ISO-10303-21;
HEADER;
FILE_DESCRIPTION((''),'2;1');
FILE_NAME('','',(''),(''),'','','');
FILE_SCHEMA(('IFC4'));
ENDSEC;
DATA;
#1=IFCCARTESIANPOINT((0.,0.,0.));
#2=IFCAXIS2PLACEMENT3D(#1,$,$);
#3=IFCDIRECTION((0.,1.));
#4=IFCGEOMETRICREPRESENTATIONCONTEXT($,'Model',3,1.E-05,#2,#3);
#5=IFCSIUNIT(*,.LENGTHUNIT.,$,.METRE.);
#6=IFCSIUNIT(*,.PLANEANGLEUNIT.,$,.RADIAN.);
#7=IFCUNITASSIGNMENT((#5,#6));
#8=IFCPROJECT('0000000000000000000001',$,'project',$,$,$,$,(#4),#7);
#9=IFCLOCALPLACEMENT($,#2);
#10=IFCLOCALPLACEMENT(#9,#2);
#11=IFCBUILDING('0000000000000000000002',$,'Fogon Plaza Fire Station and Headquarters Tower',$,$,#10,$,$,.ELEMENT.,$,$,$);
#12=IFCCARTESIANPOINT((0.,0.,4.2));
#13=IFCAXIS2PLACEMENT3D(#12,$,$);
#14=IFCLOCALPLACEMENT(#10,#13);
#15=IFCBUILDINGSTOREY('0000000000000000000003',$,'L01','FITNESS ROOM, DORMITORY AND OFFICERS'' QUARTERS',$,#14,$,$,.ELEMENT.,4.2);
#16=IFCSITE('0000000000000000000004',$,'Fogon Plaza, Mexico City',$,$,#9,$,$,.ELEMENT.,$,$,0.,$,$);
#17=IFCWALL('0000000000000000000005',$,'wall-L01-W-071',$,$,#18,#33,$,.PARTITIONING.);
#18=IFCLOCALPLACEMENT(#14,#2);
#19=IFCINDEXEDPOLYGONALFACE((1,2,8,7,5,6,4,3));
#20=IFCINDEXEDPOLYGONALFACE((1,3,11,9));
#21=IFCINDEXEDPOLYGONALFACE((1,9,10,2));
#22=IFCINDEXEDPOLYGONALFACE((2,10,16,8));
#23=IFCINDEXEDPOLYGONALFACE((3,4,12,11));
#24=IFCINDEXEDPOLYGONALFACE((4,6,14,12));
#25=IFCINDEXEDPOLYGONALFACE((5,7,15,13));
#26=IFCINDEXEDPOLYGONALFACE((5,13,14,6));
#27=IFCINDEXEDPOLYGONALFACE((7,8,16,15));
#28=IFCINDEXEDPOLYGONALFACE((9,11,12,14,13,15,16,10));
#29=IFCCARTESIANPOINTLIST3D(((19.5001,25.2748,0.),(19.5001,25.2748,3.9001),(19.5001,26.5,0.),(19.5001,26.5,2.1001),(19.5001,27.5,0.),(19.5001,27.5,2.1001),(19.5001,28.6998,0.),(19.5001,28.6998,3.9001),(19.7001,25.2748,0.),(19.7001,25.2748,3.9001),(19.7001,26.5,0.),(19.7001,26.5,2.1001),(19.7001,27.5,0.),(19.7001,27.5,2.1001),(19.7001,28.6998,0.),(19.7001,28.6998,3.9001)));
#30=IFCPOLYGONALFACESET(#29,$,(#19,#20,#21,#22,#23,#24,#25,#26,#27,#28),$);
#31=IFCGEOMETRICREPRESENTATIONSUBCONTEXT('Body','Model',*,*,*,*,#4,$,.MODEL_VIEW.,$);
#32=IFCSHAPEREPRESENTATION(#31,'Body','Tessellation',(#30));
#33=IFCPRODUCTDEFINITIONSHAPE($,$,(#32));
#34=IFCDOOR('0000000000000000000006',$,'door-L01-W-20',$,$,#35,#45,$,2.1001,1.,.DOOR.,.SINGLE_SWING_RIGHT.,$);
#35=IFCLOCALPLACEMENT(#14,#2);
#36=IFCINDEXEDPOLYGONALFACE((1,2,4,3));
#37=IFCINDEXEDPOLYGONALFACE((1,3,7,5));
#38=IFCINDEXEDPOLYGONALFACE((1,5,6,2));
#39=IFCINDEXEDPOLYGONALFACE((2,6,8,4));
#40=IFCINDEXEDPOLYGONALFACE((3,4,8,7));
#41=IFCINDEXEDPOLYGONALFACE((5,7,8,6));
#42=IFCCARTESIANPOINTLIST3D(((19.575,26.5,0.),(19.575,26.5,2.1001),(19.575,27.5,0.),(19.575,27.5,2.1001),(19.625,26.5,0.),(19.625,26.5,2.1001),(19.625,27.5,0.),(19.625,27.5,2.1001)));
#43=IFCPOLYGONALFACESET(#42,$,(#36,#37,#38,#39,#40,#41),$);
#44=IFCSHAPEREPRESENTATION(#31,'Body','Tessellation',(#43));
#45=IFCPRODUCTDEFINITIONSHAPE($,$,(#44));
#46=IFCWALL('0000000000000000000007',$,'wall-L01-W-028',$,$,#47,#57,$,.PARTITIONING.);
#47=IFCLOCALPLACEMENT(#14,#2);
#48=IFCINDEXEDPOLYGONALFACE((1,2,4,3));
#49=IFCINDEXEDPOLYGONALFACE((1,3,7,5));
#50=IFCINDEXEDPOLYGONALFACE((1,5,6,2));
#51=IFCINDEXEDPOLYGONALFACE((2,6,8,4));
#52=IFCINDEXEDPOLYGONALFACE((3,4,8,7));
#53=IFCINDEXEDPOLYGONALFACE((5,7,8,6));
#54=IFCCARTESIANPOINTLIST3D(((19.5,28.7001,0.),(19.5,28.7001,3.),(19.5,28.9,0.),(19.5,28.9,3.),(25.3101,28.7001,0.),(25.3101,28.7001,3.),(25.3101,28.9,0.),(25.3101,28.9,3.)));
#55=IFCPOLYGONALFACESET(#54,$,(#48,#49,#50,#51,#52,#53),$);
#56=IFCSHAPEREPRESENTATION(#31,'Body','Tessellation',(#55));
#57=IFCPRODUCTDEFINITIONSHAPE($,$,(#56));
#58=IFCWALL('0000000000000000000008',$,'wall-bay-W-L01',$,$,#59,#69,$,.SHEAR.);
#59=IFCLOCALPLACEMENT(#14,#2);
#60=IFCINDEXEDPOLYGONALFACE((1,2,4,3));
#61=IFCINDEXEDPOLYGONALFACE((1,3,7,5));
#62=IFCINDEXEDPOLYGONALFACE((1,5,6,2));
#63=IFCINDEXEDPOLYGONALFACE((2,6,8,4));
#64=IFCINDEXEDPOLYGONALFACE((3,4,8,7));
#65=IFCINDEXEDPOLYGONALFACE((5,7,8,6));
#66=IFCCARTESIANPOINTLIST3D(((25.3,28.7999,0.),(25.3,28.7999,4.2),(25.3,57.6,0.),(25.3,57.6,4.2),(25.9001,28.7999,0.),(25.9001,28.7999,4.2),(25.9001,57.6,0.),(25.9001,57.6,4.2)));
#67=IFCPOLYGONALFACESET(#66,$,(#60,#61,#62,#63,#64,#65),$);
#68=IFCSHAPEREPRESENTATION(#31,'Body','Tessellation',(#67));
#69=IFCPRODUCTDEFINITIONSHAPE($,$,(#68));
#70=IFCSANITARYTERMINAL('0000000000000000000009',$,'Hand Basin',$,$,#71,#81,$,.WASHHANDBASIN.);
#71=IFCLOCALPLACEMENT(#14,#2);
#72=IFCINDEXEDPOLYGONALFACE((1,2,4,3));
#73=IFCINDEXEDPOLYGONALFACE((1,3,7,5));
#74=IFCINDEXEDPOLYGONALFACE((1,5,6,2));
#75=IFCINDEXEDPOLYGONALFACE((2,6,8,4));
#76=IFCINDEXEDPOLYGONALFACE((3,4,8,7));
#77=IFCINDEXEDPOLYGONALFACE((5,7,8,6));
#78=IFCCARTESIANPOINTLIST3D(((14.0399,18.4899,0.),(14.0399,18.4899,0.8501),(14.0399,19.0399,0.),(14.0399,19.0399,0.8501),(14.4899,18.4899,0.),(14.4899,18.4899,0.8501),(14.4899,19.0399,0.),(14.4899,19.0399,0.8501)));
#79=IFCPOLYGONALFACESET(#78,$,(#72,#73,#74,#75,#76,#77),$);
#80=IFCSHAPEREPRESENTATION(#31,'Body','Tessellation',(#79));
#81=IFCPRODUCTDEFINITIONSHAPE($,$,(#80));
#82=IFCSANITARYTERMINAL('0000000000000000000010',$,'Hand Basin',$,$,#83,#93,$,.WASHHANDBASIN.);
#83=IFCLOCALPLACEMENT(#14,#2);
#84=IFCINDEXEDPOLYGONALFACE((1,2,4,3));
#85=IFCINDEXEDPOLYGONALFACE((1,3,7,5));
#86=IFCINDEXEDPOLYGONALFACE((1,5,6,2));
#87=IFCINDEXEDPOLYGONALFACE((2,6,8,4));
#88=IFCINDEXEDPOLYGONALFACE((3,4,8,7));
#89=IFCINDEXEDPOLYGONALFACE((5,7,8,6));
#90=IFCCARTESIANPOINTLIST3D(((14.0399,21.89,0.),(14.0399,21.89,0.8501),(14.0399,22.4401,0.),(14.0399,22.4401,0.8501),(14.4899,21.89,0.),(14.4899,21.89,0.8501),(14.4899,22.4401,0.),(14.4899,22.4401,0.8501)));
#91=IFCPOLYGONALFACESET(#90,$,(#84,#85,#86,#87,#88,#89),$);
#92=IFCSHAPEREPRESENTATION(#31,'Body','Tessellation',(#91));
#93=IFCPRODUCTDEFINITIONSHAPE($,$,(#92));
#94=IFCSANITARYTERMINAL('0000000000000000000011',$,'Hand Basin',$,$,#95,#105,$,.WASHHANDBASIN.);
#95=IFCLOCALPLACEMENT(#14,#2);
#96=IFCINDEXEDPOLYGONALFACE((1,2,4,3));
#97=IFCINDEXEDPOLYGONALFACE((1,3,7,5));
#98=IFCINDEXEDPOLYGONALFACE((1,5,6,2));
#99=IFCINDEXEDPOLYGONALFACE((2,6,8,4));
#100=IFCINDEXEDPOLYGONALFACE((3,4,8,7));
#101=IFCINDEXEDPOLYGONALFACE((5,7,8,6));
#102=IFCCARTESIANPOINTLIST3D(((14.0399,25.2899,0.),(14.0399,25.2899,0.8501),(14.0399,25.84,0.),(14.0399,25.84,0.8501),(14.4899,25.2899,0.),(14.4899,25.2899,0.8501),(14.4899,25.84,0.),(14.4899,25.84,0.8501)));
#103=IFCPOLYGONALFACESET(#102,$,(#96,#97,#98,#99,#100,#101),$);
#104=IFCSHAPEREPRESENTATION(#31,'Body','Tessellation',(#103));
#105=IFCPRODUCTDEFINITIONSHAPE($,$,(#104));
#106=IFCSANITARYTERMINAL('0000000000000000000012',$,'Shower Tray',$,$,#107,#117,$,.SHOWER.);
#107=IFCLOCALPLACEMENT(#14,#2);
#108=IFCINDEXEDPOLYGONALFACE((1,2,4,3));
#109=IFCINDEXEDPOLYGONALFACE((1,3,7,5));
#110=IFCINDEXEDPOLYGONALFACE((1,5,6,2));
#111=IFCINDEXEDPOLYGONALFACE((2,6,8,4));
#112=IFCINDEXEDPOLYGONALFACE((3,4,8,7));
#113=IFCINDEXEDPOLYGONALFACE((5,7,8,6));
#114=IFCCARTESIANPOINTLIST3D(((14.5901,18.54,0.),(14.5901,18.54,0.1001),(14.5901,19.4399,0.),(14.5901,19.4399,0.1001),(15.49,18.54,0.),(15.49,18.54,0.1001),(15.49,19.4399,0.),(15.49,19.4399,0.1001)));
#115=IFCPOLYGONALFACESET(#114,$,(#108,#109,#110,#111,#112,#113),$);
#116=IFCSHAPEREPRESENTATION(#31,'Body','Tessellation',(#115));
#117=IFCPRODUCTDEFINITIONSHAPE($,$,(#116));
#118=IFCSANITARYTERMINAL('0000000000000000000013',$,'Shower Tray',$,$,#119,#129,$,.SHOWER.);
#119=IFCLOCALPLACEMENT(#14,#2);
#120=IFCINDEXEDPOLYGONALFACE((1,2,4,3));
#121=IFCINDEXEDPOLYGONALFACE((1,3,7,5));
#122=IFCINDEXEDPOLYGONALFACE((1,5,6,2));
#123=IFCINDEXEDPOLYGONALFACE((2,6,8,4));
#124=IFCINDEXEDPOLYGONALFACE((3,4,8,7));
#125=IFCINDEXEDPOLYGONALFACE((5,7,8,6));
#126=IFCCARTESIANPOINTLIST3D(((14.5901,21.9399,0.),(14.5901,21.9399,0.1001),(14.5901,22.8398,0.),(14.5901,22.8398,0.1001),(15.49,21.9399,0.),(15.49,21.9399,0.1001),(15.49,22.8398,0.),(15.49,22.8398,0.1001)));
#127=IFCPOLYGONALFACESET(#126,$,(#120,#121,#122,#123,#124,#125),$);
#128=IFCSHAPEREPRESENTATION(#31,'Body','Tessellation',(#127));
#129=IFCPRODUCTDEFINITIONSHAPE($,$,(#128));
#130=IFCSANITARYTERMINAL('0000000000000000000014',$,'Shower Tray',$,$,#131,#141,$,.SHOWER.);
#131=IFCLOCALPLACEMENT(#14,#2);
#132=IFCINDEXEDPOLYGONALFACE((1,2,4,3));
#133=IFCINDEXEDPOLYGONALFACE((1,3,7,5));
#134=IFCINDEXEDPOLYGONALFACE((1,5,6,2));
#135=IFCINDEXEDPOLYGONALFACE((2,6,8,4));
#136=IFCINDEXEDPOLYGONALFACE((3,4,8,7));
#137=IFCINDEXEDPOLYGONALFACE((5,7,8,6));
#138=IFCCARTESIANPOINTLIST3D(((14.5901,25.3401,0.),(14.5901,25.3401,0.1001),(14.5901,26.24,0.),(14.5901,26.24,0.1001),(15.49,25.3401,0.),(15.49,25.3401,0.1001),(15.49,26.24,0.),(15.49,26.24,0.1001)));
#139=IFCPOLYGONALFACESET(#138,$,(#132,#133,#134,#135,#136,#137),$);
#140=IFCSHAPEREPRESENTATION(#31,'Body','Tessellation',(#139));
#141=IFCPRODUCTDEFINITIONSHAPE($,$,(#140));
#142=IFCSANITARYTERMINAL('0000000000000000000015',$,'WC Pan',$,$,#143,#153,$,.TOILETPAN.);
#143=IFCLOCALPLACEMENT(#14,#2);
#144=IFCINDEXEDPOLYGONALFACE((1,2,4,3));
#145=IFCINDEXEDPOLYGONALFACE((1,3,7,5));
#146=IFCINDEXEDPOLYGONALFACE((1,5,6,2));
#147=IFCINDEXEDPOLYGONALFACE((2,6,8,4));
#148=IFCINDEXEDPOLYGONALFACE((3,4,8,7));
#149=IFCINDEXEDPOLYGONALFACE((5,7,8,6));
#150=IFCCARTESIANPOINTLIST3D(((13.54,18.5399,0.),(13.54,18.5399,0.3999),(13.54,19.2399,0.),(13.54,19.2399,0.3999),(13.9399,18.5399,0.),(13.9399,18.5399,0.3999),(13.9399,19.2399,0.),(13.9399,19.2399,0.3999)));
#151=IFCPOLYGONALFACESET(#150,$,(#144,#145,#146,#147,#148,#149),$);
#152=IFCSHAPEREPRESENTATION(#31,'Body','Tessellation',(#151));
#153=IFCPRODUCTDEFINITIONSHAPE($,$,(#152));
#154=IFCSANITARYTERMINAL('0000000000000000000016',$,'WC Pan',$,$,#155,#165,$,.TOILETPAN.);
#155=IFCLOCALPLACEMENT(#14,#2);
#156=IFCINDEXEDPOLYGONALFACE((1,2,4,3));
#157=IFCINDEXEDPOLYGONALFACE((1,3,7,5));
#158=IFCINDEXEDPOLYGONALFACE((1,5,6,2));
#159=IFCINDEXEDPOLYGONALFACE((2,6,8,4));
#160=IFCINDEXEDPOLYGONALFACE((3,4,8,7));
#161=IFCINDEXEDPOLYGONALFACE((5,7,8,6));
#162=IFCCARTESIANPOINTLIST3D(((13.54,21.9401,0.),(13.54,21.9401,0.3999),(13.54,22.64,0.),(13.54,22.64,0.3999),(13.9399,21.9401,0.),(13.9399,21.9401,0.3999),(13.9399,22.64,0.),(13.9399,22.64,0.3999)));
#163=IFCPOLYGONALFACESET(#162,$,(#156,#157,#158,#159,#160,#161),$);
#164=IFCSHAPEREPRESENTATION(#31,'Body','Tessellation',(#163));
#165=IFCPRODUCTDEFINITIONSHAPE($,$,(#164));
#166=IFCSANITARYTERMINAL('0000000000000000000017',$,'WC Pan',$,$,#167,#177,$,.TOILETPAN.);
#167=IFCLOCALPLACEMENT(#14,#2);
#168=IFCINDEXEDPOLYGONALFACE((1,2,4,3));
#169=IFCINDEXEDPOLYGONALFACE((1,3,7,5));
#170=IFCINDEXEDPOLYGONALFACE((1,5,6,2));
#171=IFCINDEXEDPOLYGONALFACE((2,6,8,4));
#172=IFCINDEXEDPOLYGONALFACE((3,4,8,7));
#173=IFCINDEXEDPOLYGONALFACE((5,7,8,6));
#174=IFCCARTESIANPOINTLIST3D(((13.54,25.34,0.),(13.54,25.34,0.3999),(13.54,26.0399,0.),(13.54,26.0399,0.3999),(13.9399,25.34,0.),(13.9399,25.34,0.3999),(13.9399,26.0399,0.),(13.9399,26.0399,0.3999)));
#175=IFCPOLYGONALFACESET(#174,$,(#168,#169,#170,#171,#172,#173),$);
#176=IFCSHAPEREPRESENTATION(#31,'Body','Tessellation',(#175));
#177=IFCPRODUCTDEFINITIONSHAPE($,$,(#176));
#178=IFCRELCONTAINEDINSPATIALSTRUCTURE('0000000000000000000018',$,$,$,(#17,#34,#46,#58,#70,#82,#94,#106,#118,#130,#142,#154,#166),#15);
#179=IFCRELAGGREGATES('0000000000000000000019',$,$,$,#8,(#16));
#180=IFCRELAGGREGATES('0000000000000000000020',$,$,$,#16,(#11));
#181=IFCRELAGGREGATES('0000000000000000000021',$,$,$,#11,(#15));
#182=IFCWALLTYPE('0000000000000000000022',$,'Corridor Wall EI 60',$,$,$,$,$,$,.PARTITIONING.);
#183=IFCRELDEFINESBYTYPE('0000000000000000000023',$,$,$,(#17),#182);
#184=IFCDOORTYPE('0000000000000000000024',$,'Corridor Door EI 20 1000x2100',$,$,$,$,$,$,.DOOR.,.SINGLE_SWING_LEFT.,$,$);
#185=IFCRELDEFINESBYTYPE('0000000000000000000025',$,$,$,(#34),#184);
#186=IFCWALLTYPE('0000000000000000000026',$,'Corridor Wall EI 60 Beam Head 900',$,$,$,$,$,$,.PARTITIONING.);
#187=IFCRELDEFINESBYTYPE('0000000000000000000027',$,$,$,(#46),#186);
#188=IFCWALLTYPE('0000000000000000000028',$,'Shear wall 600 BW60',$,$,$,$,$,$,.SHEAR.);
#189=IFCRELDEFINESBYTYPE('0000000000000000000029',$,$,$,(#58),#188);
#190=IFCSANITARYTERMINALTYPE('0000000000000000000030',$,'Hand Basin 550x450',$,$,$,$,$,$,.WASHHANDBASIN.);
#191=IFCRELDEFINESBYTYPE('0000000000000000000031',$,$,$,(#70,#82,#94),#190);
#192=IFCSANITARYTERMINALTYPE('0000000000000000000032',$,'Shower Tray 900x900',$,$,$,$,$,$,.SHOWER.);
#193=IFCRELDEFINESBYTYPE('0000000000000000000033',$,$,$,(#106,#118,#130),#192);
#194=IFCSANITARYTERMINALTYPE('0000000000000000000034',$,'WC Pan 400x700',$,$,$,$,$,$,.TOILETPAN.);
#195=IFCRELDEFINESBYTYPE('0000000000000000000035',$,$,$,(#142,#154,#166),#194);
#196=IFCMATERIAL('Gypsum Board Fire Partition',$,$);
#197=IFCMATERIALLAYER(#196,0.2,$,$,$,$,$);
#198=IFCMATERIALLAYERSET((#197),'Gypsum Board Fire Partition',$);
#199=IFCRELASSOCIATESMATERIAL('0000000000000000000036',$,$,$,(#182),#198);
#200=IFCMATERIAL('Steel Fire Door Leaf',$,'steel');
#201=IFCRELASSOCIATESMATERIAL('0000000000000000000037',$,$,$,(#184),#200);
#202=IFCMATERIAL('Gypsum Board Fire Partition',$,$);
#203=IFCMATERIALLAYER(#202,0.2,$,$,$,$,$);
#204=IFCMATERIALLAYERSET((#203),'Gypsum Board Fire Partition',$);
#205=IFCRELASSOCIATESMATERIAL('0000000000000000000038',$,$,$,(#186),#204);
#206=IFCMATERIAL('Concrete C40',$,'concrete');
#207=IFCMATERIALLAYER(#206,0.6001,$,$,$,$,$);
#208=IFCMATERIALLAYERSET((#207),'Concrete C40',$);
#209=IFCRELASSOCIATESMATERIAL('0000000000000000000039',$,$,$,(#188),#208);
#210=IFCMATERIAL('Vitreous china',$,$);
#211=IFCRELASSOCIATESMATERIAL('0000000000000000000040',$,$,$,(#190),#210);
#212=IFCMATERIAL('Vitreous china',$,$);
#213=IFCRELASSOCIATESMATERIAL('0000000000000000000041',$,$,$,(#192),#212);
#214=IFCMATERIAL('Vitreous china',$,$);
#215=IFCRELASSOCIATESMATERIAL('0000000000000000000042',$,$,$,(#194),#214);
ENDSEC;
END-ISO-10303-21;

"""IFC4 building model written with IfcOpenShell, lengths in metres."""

from ifc_helpers import new_model, si_unit, direction, frame, frame_2d, origin, origin_2d, place, context, subcontext, project, spatial, rectangle, extrude, material, layer, layer_set, type_object, element, fill, save


model = new_model("IFC4")

# Units and contexts
model_context = context("Model", 3, precision=1e-05, world=origin(), true_north=direction((0.0, 1.0)))
body_context = subcontext(model_context, "Body", "Model", "MODEL_VIEW")
ifc_project = project(units=[si_unit("LENGTHUNIT", "METRE"), si_unit("PLANEANGLEUNIT", "RADIAN")], contexts=[model_context])

# Site, building, storey
site_placement = place(None, origin())
site = spatial("IfcSite", under=ifc_project, at=site_placement, Name="Fogon Plaza, Mexico City", CompositionType="ELEMENT", RefElevation=0.0)
building_placement = place(site_placement, origin())
building = spatial("IfcBuilding", under=site, at=building_placement, Name="Fogon Plaza Fire Station and Headquarters Tower", CompositionType="ELEMENT")
storey_placement = place(building_placement, frame((0.0, 0.0, 4.2)))
storey = spatial("IfcBuildingStorey", under=building, at=storey_placement, Name="L01", Description="FITNESS ROOM, DORMITORY AND OFFICERS' QUARTERS", CompositionType="ELEMENT", Elevation=4.2)

# Wall, opening, door
ifc_material_1 = material(Name="Gypsum Board Fire Partition")
ifc_layer_1 = layer(ifc_material_1, 0.2)
ifc_layer_set_1 = layer_set([ifc_layer_1], Name="Gypsum Board Fire Partition")
wall_type_1 = type_object("IfcWallType", Name="Corridor Wall EI 60", PredefinedType="PARTITIONING", material=ifc_layer_set_1)
ifc_material_2 = material(Name="Steel Fire Door Leaf", Category="steel")
door_type = type_object("IfcDoorType", Name="Corridor Door EI 20 1000x2100", OperationType="SINGLE_SWING_LEFT", PredefinedType="DOOR", material=ifc_material_2)
wall_1_placement = place(storey_placement, frame((19.6001, 25.2749, 0.0), z_axis=(0.0, 0.0, 1.0), x_axis=(0.0, 1.0, 0.0)))
wall_1 = element("IfcWall", 1, at=wall_1_placement, inside=storey, type_object=wall_type_1, Name="wall-L01-W-071", PredefinedType="PARTITIONING", context=body_context, shape_type="SweptSolid", body=[
    extrude(rectangle(XDim=3.425, YDim=0.2, at=frame_2d((1.7124, 0.0))), origin(), (0.0, 0.0, 1.0), 3.9001),
])
opening_1_placement = place(wall_1_placement, frame((1.2251, 0.0, 0.0)))
opening_1 = element("IfcOpeningElement", 2, at=opening_1_placement, cuts=wall_1, PredefinedType="OPENING", context=body_context, shape_type="SweptSolid", body=[
    extrude(rectangle(XDim=1.0, YDim=2.1001, at=frame_2d((0.5, 1.05))), frame((0.0, 0.1099, 0.0), z_axis=(0.0, -1.0, 0.0), x_axis=(1.0, 0.0, 0.0)), (0.0, 0.0, 1.0), 0.22),
])
door_1_placement = place(opening_1_placement, frame((1.0, 0.0, 0.0), z_axis=(0.0, 0.0, 1.0), x_axis=(-1.0, 0.0, 0.0)))
door_1 = element("IfcDoor", 3, at=door_1_placement, inside=storey, type_object=door_type, Name="door-L01-W-20", OperationType="SINGLE_SWING_RIGHT", OverallHeight=2.1001, OverallWidth=1.0, PredefinedType="DOOR", context=body_context, shape_type="SweptSolid", body=[
    extrude(rectangle(XDim=1.0, YDim=2.1001, at=frame_2d((0.5, 1.05))), frame((0.0, 0.0249, 0.0), z_axis=(0.0, -1.0, 0.0), x_axis=(1.0, 0.0, 0.0)), (0.0, 0.0, 1.0), 0.05),
])
fill(opening_1, door_1)

# Walls
ifc_material_3 = material(Name="Gypsum Board Fire Partition")
ifc_layer_2 = layer(ifc_material_3, 0.2)
ifc_layer_set_2 = layer_set([ifc_layer_2], Name="Gypsum Board Fire Partition")
wall_type_2 = type_object("IfcWallType", Name="Corridor Wall EI 60 Beam Head 900", PredefinedType="PARTITIONING", material=ifc_layer_set_2)
wall_2_placement = place(storey_placement, frame((19.5, 28.8, 0.0), z_axis=(0.0, 0.0, 1.0), x_axis=(1.0, 0.0, 0.0)))
element("IfcWall", 4, at=wall_2_placement, inside=storey, type_object=wall_type_2, Name="wall-L01-W-028", PredefinedType="PARTITIONING", context=body_context, shape_type="SweptSolid", body=[
    extrude(rectangle(XDim=5.8101, YDim=0.2, at=frame_2d((2.905, 0.0))), origin(), (0.0, 0.0, 1.0), 3.0),
])
ifc_material_4 = material(Name="Concrete C40", Category="concrete")
ifc_layer_3 = layer(ifc_material_4, 0.6001)
ifc_layer_set_3 = layer_set([ifc_layer_3], Name="Concrete C40")
wall_type_3 = type_object("IfcWallType", Name="Shear wall 600 BW60", PredefinedType="SHEAR", material=ifc_layer_set_3)
wall_3_placement = place(storey_placement, frame((25.6001, 28.8, 0.0), z_axis=(0.0, 0.0, 1.0), x_axis=(0.0, 1.0, 0.0)))
element("IfcWall", 5, at=wall_3_placement, inside=storey, type_object=wall_type_3, Name="wall-bay-W-L01", PredefinedType="SHEAR", context=body_context, shape_type="SweptSolid", body=[
    extrude(rectangle(XDim=28.8, YDim=0.6001, at=frame_2d((14.3999, 0.0))), origin(), (0.0, 0.0, 1.0), 4.2),
])

# Sanitary terminals
ifc_material_5 = material(Name="Vitreous china")
sanitary_terminal_type_1 = type_object("IfcSanitaryTerminalType", Name="Hand Basin 550x450", PredefinedType="WASHHANDBASIN", material=ifc_material_5)
for number, where, z_axis, x_axis, name in (
    (6, (14.2649, 18.7649, 0.0), (0.0, 0.0, 1.0), (1.0, 0.0, 0.0), "Hand Basin"),
    (7, (14.2649, 22.165, 0.0), (0.0, 0.0, 1.0), (1.0, 0.0, 0.0), "Hand Basin"),
    (8, (14.2649, 25.5649, 0.0), (0.0, 0.0, 1.0), (1.0, 0.0, 0.0), "Hand Basin"),
):
    element("IfcSanitaryTerminal", number, at=place(storey_placement, frame(where, z_axis=z_axis, x_axis=x_axis)), inside=storey, type_object=sanitary_terminal_type_1, Name=name, PredefinedType="WASHHANDBASIN", context=body_context, shape_type="SweptSolid", body=[
        extrude(rectangle(XDim=0.45, YDim=0.55, at=origin_2d()), origin(), (0.0, 0.0, 1.0), 0.8501),
    ])
ifc_material_6 = material(Name="Vitreous china")
sanitary_terminal_type_2 = type_object("IfcSanitaryTerminalType", Name="Shower Tray 900x900", PredefinedType="SHOWER", material=ifc_material_6)
for number, where, z_axis, x_axis, name in (
    (9, (15.04, 18.99, 0.0), (0.0, 0.0, 1.0), (1.0, 0.0, 0.0), "Shower Tray"),
    (10, (15.04, 22.3899, 0.0), (0.0, 0.0, 1.0), (1.0, 0.0, 0.0), "Shower Tray"),
    (11, (15.04, 25.79, 0.0), (0.0, 0.0, 1.0), (1.0, 0.0, 0.0), "Shower Tray"),
):
    element("IfcSanitaryTerminal", number, at=place(storey_placement, frame(where, z_axis=z_axis, x_axis=x_axis)), inside=storey, type_object=sanitary_terminal_type_2, Name=name, PredefinedType="SHOWER", context=body_context, shape_type="SweptSolid", body=[
        extrude(rectangle(XDim=0.8999, YDim=0.8999, at=origin_2d()), origin(), (0.0, 0.0, 1.0), 0.1001),
    ])
ifc_material_7 = material(Name="Vitreous china")
sanitary_terminal_type_3 = type_object("IfcSanitaryTerminalType", Name="WC Pan 400x700", PredefinedType="TOILETPAN", material=ifc_material_7)
for number, where, z_axis, x_axis, name in (
    (12, (13.74, 18.8899, 0.0), (0.0, 0.0, 1.0), (1.0, 0.0, 0.0), "WC Pan"),
    (13, (13.74, 22.29, 0.0), (0.0, 0.0, 1.0), (1.0, 0.0, 0.0), "WC Pan"),
    (14, (13.74, 25.6899, 0.0), (0.0, 0.0, 1.0), (1.0, 0.0, 0.0), "WC Pan"),
):
    element("IfcSanitaryTerminal", number, at=place(storey_placement, frame(where, z_axis=z_axis, x_axis=x_axis)), inside=storey, type_object=sanitary_terminal_type_3, Name=name, PredefinedType="TOILETPAN", context=body_context, shape_type="SweptSolid", body=[
        extrude(rectangle(XDim=0.3999, YDim=0.7, at=origin_2d()), origin(), (0.0, 0.0, 1.0), 0.3999),
    ])

save(model, "model.ifc")
